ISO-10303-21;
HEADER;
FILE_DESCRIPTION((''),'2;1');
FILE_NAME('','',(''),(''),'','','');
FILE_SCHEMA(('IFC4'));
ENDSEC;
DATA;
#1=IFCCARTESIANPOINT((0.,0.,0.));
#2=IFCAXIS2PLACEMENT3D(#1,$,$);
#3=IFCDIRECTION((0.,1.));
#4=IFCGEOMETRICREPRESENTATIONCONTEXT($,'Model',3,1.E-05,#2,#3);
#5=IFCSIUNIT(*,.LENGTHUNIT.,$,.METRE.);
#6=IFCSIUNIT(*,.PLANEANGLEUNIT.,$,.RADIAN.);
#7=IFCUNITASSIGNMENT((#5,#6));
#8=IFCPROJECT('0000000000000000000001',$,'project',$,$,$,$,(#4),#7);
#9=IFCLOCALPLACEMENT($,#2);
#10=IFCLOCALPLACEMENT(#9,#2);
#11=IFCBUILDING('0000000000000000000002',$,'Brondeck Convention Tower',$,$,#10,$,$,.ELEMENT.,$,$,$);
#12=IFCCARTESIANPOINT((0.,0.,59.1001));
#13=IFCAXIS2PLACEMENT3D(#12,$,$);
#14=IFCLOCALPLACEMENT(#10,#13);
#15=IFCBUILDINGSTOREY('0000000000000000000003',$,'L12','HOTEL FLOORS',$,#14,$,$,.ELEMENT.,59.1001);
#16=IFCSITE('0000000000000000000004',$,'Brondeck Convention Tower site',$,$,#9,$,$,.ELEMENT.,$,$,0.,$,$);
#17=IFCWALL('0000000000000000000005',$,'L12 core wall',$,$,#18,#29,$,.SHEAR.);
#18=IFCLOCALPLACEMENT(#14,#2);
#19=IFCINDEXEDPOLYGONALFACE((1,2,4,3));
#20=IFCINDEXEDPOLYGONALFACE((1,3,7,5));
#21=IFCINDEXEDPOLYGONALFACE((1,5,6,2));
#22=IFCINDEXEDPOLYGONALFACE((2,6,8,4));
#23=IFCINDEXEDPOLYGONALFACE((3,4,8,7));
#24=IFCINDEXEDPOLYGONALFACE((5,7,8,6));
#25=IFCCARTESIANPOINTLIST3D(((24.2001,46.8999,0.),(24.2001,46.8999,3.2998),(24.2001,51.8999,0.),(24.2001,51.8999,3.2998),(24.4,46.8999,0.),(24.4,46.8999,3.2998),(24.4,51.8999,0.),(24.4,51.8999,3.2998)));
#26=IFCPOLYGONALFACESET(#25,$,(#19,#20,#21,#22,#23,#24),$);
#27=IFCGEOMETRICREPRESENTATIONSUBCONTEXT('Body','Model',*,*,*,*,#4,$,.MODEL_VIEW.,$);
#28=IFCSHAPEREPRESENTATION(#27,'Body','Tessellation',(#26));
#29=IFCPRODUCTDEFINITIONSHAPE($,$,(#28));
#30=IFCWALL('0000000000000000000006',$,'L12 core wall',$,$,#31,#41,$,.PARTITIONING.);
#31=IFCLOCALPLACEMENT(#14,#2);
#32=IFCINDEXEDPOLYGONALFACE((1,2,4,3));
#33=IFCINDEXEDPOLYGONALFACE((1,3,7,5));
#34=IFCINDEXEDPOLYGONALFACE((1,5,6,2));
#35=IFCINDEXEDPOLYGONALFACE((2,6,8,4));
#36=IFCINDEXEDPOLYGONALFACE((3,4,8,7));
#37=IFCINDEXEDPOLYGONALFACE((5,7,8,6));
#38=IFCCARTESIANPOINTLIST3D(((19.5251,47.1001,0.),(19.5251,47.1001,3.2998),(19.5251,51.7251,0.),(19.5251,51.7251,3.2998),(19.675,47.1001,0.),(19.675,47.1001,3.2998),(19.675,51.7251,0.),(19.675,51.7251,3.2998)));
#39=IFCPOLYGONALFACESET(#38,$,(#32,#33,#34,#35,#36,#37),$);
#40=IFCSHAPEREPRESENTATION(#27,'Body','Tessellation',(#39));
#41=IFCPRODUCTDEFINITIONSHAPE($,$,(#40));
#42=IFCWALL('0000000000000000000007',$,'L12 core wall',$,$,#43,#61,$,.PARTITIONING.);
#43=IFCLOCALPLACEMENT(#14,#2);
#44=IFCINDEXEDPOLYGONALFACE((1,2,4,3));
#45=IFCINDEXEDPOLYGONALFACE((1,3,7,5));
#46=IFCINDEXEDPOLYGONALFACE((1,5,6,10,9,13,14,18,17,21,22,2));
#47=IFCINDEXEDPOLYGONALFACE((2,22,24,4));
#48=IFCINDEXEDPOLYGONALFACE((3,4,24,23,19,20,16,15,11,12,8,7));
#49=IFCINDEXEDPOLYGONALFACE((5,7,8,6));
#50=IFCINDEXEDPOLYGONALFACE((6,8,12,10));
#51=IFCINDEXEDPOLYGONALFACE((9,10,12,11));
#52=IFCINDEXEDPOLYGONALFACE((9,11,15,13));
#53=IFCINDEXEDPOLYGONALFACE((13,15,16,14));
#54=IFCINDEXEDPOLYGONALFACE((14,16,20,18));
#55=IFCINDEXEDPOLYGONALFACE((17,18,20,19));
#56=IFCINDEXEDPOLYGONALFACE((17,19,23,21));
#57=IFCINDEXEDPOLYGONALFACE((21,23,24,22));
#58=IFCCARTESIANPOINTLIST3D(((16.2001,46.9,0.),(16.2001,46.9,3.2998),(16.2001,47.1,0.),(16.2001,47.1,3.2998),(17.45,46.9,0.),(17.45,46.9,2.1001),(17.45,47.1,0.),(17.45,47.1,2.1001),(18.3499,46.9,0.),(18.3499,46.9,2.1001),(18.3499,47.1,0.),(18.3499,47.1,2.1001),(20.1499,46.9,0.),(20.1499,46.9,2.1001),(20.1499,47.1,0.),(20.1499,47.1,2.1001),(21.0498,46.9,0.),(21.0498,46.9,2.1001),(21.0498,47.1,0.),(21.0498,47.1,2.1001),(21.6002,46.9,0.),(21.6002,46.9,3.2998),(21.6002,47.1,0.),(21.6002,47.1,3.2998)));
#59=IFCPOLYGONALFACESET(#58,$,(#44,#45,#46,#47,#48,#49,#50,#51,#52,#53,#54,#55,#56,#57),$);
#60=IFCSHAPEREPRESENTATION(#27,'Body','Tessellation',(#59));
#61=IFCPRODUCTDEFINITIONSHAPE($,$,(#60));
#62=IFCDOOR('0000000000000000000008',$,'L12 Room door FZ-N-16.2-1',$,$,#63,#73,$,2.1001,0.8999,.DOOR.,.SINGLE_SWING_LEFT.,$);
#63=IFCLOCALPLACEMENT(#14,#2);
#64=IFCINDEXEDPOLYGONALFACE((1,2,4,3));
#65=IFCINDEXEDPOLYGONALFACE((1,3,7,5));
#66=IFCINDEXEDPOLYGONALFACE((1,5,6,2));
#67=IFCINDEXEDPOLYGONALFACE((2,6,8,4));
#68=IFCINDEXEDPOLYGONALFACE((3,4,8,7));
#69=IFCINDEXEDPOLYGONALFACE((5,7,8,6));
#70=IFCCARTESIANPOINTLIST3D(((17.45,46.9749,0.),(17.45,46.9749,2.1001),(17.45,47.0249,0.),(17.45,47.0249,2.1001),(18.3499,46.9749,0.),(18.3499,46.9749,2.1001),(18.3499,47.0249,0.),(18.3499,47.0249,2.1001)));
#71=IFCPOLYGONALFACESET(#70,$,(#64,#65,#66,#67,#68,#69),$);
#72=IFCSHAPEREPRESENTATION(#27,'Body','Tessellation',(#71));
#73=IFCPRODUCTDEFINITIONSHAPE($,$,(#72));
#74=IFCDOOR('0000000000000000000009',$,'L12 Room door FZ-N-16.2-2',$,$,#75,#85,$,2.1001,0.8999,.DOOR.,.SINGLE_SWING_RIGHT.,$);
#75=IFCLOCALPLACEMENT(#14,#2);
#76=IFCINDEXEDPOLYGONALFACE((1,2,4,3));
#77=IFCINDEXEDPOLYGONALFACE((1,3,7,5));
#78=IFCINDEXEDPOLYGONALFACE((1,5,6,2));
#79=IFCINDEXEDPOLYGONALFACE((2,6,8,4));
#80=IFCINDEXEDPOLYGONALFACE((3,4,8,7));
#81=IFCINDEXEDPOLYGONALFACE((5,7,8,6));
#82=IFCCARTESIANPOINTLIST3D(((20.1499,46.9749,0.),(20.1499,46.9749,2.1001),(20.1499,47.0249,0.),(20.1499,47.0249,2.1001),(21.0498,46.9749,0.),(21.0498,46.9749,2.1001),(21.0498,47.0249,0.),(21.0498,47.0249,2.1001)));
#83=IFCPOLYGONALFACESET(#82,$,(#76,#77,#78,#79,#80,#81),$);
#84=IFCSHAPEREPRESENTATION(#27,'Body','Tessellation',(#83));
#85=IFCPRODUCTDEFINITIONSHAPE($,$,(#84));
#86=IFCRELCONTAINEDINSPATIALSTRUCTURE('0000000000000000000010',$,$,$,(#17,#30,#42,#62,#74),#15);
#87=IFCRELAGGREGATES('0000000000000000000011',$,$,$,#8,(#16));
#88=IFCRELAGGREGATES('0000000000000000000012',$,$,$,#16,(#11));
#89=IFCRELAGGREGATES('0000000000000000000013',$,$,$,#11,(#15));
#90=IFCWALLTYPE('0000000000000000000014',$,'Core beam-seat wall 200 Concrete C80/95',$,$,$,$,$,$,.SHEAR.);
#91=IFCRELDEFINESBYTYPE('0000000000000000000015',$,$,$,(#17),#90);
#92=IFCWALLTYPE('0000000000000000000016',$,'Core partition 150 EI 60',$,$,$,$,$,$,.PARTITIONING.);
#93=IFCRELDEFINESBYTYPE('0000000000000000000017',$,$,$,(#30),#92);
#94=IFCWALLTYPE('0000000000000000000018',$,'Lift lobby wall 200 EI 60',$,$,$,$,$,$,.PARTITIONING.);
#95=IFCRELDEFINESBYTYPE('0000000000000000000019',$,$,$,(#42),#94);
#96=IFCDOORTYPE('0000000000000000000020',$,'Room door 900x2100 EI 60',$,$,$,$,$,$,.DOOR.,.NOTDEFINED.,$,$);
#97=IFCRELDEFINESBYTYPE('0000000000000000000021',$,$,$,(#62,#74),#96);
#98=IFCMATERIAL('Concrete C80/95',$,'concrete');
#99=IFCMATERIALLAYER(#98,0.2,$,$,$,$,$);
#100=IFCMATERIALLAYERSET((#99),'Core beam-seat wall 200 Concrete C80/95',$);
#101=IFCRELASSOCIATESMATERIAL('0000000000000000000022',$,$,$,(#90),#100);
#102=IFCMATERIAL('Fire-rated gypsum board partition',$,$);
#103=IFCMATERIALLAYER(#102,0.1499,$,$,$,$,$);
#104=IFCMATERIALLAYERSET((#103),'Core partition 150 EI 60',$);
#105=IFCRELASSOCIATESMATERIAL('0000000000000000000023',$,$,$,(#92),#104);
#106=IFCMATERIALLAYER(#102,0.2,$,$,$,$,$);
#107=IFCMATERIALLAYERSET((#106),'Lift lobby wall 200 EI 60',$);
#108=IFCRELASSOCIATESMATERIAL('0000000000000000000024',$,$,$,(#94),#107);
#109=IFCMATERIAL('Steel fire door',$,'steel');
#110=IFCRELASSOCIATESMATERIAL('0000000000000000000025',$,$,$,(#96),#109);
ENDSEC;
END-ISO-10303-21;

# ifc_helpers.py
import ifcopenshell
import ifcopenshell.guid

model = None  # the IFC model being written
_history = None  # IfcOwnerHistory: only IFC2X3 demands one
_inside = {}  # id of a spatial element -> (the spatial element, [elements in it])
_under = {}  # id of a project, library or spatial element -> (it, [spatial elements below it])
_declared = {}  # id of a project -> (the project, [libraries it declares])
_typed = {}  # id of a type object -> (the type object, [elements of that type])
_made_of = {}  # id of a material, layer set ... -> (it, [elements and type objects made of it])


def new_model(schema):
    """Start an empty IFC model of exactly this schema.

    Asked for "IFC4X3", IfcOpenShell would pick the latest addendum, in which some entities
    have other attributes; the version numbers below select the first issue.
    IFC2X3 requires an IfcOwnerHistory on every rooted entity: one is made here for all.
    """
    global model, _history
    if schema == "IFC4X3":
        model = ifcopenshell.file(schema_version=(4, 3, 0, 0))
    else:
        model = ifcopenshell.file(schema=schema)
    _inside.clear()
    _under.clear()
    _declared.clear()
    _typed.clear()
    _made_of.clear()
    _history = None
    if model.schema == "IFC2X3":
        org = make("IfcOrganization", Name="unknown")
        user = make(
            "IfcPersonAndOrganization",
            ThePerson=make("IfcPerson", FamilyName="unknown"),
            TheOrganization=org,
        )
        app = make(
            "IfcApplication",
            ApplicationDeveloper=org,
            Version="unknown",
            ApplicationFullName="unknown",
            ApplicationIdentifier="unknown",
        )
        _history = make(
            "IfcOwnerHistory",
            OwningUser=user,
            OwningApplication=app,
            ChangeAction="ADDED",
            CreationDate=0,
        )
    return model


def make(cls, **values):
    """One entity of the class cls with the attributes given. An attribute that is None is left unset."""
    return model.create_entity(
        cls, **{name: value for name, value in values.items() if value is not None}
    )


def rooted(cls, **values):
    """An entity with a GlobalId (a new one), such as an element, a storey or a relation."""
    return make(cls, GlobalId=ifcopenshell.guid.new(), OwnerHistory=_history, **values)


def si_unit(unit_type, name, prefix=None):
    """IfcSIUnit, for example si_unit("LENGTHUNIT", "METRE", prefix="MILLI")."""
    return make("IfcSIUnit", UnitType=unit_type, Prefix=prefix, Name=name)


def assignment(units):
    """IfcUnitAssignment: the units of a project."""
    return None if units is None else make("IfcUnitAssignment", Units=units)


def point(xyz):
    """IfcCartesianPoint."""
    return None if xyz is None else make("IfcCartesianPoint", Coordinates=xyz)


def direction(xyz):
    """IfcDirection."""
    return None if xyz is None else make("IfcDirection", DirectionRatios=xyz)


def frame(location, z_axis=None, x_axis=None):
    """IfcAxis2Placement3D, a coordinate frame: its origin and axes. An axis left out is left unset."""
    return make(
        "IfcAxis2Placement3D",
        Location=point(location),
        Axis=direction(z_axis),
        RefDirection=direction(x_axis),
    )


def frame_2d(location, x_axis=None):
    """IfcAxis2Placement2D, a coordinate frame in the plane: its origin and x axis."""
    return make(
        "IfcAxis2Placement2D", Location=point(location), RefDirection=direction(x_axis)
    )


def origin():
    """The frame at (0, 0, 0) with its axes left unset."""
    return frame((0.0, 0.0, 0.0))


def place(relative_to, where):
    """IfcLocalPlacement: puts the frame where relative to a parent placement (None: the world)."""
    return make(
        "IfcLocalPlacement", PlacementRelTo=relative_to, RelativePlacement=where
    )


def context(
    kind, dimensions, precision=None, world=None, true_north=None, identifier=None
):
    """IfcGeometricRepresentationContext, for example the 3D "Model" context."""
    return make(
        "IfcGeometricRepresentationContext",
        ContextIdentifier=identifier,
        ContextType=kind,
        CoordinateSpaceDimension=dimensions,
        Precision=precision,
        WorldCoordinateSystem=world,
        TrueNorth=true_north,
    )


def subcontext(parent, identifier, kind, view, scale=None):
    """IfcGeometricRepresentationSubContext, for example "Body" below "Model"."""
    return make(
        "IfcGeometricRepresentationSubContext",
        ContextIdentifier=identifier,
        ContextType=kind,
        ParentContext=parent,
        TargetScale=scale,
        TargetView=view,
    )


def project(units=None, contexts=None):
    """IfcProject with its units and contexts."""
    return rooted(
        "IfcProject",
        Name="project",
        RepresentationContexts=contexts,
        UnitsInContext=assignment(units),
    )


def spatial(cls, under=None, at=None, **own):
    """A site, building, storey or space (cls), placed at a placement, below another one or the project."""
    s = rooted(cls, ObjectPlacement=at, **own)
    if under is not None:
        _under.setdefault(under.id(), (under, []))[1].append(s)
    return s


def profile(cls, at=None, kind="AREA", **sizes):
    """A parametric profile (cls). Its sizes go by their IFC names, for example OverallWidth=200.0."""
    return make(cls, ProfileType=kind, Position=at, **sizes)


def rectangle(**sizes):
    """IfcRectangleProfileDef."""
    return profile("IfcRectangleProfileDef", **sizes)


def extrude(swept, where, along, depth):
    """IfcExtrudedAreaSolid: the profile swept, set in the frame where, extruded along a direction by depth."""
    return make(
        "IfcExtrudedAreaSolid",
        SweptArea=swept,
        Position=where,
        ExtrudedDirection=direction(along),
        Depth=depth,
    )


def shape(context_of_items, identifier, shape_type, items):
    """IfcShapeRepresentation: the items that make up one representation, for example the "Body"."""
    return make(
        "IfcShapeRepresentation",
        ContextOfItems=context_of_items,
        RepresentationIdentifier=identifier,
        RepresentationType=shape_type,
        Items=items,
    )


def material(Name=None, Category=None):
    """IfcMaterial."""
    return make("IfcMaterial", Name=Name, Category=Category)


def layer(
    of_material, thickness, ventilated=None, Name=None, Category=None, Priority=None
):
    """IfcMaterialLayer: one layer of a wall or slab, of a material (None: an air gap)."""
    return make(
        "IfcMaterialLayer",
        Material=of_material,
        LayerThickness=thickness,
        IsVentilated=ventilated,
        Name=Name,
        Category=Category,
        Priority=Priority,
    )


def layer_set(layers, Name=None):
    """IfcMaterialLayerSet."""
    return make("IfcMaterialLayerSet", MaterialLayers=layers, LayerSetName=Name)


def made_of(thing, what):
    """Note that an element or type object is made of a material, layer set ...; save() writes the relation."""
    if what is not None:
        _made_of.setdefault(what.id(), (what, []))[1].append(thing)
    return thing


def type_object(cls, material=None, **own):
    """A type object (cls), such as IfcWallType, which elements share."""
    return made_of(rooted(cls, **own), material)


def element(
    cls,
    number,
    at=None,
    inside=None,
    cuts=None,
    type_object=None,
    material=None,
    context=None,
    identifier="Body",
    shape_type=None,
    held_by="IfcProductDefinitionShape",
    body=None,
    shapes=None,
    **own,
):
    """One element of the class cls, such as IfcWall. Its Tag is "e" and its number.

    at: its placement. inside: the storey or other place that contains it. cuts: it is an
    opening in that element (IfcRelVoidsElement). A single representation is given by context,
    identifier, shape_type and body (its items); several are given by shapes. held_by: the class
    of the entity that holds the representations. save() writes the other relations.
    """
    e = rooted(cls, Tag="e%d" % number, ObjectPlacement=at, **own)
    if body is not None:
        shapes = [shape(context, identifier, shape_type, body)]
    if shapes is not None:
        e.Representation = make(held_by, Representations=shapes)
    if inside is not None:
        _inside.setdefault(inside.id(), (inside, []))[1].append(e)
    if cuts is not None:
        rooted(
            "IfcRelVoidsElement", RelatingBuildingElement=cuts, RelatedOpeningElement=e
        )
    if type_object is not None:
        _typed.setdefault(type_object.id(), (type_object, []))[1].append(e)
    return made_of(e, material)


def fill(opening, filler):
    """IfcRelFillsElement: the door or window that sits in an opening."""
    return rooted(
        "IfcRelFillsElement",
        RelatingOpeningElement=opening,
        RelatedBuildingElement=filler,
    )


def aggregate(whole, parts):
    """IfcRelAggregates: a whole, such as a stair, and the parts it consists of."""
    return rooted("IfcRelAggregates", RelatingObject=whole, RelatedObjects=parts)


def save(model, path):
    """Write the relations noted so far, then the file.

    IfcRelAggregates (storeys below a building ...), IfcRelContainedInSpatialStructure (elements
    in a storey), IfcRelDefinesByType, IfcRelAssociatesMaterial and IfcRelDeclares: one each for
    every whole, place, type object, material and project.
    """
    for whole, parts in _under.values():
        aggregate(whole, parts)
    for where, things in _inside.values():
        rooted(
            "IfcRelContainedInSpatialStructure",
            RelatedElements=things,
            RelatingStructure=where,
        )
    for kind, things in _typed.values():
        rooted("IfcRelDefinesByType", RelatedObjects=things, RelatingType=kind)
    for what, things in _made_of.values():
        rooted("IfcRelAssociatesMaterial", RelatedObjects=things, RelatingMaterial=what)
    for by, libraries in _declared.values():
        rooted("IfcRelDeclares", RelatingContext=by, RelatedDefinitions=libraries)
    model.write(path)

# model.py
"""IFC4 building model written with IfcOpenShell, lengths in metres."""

from ifc_helpers import new_model, si_unit, direction, frame, frame_2d, origin, place, context, subcontext, project, spatial, rectangle, extrude, material, layer, layer_set, type_object, element, fill, save


model = new_model("IFC4")

# Units and contexts
model_context = context("Model", 3, precision=1e-05, world=origin(), true_north=direction((0.0, 1.0)))
body_context = subcontext(model_context, "Body", "Model", "MODEL_VIEW")
ifc_project = project(units=[si_unit("LENGTHUNIT", "METRE"), si_unit("PLANEANGLEUNIT", "RADIAN")], contexts=[model_context])

# Site, building, storey
site_placement = place(None, origin())
site = spatial("IfcSite", under=ifc_project, at=site_placement, Name="Brondeck Convention Tower site", CompositionType="ELEMENT", RefElevation=0.0)
building_placement = place(site_placement, origin())
building = spatial("IfcBuilding", under=site, at=building_placement, Name="Brondeck Convention Tower", CompositionType="ELEMENT")
storey_placement = place(building_placement, frame((0.0, 0.0, 59.1001)))
storey = spatial("IfcBuildingStorey", under=building, at=storey_placement, Name="L12", Description="HOTEL FLOORS", CompositionType="ELEMENT", Elevation=59.1001)

# Walls
ifc_material_1 = material(Name="Concrete C80/95", Category="concrete")
ifc_layer_1 = layer(ifc_material_1, 0.2)
ifc_layer_set_1 = layer_set([ifc_layer_1], Name="Core beam-seat wall 200 Concrete C80/95")
wall_type_1 = type_object("IfcWallType", Name="Core beam-seat wall 200 Concrete C80/95", PredefinedType="SHEAR", material=ifc_layer_set_1)
wall_1_placement = place(storey_placement, frame((24.3, 46.8999, 0.0), z_axis=(0.0, 0.0, 1.0), x_axis=(0.0, 1.0, 0.0)))
element("IfcWall", 1, at=wall_1_placement, inside=storey, type_object=wall_type_1, Name="L12 core wall", PredefinedType="SHEAR", context=body_context, shape_type="SweptSolid", body=[
    extrude(rectangle(XDim=5.0, YDim=0.2, at=frame_2d((2.5, 0.0))), origin(), (0.0, 0.0, 1.0), 3.2998),
])
ifc_material_2 = material(Name="Fire-rated gypsum board partition")
ifc_layer_2 = layer(ifc_material_2, 0.1499)
ifc_layer_set_2 = layer_set([ifc_layer_2], Name="Core partition 150 EI 60")
wall_type_2 = type_object("IfcWallType", Name="Core partition 150 EI 60", PredefinedType="PARTITIONING", material=ifc_layer_set_2)
wall_2_placement = place(storey_placement, frame((19.6001, 47.1001, 0.0), z_axis=(0.0, 0.0, 1.0), x_axis=(0.0, 1.0, 0.0)))
element("IfcWall", 2, at=wall_2_placement, inside=storey, type_object=wall_type_2, Name="L12 core wall", PredefinedType="PARTITIONING", context=body_context, shape_type="SweptSolid", body=[
    extrude(rectangle(XDim=4.625, YDim=0.1499, at=frame_2d((2.3125, 0.0))), origin(), (0.0, 0.0, 1.0), 3.2998),
])

# Wall, openings, doors
ifc_layer_3 = layer(ifc_material_2, 0.2)
ifc_layer_set_3 = layer_set([ifc_layer_3], Name="Lift lobby wall 200 EI 60")
wall_type_3 = type_object("IfcWallType", Name="Lift lobby wall 200 EI 60", PredefinedType="PARTITIONING", material=ifc_layer_set_3)
wall_3_placement = place(storey_placement, frame((16.2, 47.0, 0.0), z_axis=(0.0, 0.0, 1.0), x_axis=(1.0, 0.0, 0.0)))
wall_3 = element("IfcWall", 3, at=wall_3_placement, inside=storey, type_object=wall_type_3, Name="L12 core wall", PredefinedType="PARTITIONING", context=body_context, shape_type="SweptSolid", body=[
    extrude(rectangle(XDim=5.4001, YDim=0.2, at=frame_2d((2.7002, 0.0))), origin(), (0.0, 0.0, 1.0), 3.2998),
])
opening_1_placement = place(wall_3_placement, frame((1.25, 0.0, 0.0)))
opening_1 = element("IfcOpeningElement", 4, at=opening_1_placement, cuts=wall_3, PredefinedType="OPENING", context=body_context, shape_type="SweptSolid", body=[
    extrude(rectangle(XDim=0.8999, YDim=2.1001, at=frame_2d((0.45, 1.05))), frame((0.0, 0.1099, 0.0), z_axis=(0.0, -1.0, 0.0), x_axis=(1.0, 0.0, 0.0)), (0.0, 0.0, 1.0), 0.22),
])
opening_2_placement = place(wall_3_placement, frame((3.95, 0.0, 0.0)))
opening_2 = element("IfcOpeningElement", 5, at=opening_2_placement, cuts=wall_3, PredefinedType="OPENING", context=body_context, shape_type="SweptSolid", body=[
    extrude(rectangle(XDim=0.8999, YDim=2.1001, at=frame_2d((0.45, 1.05))), frame((0.0, 0.1099, 0.0), z_axis=(0.0, -1.0, 0.0), x_axis=(1.0, 0.0, 0.0)), (0.0, 0.0, 1.0), 0.22),
])
ifc_material_3 = material(Name="Steel fire door", Category="steel")
door_type_1 = type_object("IfcDoorType", Name="Room door 900x2100 EI 60", OperationType="NOTDEFINED", PredefinedType="DOOR", material=ifc_material_3)
door_1_placement = place(opening_1_placement, origin())
door_1 = element("IfcDoor", 6, at=door_1_placement, inside=storey, type_object=door_type_1, Name="L12 Room door FZ-N-16.2-1", OperationType="SINGLE_SWING_LEFT", OverallHeight=2.1001, OverallWidth=0.8999, PredefinedType="DOOR", context=body_context, shape_type="SweptSolid", body=[
    extrude(rectangle(XDim=0.8999, YDim=2.1001, at=frame_2d((0.45, 1.05))), frame((0.0, 0.0249, 0.0), z_axis=(0.0, -1.0, 0.0), x_axis=(1.0, 0.0, 0.0)), (0.0, 0.0, 1.0), 0.05),
])
fill(opening_1, door_1)
door_2_placement = place(opening_2_placement, origin())
door_2 = element("IfcDoor", 7, at=door_2_placement, inside=storey, type_object=door_type_1, Name="L12 Room door FZ-N-16.2-2", OperationType="SINGLE_SWING_RIGHT", OverallHeight=2.1001, OverallWidth=0.8999, PredefinedType="DOOR", context=body_context, shape_type="SweptSolid", body=[
    extrude(rectangle(XDim=0.8999, YDim=2.1001, at=frame_2d((0.45, 1.05))), frame((0.0, 0.0249, 0.0), z_axis=(0.0, -1.0, 0.0), x_axis=(1.0, 0.0, 0.0)), (0.0, 0.0, 1.0), 0.05),
])
fill(opening_2, door_2)

save(model, "model.ifc")
